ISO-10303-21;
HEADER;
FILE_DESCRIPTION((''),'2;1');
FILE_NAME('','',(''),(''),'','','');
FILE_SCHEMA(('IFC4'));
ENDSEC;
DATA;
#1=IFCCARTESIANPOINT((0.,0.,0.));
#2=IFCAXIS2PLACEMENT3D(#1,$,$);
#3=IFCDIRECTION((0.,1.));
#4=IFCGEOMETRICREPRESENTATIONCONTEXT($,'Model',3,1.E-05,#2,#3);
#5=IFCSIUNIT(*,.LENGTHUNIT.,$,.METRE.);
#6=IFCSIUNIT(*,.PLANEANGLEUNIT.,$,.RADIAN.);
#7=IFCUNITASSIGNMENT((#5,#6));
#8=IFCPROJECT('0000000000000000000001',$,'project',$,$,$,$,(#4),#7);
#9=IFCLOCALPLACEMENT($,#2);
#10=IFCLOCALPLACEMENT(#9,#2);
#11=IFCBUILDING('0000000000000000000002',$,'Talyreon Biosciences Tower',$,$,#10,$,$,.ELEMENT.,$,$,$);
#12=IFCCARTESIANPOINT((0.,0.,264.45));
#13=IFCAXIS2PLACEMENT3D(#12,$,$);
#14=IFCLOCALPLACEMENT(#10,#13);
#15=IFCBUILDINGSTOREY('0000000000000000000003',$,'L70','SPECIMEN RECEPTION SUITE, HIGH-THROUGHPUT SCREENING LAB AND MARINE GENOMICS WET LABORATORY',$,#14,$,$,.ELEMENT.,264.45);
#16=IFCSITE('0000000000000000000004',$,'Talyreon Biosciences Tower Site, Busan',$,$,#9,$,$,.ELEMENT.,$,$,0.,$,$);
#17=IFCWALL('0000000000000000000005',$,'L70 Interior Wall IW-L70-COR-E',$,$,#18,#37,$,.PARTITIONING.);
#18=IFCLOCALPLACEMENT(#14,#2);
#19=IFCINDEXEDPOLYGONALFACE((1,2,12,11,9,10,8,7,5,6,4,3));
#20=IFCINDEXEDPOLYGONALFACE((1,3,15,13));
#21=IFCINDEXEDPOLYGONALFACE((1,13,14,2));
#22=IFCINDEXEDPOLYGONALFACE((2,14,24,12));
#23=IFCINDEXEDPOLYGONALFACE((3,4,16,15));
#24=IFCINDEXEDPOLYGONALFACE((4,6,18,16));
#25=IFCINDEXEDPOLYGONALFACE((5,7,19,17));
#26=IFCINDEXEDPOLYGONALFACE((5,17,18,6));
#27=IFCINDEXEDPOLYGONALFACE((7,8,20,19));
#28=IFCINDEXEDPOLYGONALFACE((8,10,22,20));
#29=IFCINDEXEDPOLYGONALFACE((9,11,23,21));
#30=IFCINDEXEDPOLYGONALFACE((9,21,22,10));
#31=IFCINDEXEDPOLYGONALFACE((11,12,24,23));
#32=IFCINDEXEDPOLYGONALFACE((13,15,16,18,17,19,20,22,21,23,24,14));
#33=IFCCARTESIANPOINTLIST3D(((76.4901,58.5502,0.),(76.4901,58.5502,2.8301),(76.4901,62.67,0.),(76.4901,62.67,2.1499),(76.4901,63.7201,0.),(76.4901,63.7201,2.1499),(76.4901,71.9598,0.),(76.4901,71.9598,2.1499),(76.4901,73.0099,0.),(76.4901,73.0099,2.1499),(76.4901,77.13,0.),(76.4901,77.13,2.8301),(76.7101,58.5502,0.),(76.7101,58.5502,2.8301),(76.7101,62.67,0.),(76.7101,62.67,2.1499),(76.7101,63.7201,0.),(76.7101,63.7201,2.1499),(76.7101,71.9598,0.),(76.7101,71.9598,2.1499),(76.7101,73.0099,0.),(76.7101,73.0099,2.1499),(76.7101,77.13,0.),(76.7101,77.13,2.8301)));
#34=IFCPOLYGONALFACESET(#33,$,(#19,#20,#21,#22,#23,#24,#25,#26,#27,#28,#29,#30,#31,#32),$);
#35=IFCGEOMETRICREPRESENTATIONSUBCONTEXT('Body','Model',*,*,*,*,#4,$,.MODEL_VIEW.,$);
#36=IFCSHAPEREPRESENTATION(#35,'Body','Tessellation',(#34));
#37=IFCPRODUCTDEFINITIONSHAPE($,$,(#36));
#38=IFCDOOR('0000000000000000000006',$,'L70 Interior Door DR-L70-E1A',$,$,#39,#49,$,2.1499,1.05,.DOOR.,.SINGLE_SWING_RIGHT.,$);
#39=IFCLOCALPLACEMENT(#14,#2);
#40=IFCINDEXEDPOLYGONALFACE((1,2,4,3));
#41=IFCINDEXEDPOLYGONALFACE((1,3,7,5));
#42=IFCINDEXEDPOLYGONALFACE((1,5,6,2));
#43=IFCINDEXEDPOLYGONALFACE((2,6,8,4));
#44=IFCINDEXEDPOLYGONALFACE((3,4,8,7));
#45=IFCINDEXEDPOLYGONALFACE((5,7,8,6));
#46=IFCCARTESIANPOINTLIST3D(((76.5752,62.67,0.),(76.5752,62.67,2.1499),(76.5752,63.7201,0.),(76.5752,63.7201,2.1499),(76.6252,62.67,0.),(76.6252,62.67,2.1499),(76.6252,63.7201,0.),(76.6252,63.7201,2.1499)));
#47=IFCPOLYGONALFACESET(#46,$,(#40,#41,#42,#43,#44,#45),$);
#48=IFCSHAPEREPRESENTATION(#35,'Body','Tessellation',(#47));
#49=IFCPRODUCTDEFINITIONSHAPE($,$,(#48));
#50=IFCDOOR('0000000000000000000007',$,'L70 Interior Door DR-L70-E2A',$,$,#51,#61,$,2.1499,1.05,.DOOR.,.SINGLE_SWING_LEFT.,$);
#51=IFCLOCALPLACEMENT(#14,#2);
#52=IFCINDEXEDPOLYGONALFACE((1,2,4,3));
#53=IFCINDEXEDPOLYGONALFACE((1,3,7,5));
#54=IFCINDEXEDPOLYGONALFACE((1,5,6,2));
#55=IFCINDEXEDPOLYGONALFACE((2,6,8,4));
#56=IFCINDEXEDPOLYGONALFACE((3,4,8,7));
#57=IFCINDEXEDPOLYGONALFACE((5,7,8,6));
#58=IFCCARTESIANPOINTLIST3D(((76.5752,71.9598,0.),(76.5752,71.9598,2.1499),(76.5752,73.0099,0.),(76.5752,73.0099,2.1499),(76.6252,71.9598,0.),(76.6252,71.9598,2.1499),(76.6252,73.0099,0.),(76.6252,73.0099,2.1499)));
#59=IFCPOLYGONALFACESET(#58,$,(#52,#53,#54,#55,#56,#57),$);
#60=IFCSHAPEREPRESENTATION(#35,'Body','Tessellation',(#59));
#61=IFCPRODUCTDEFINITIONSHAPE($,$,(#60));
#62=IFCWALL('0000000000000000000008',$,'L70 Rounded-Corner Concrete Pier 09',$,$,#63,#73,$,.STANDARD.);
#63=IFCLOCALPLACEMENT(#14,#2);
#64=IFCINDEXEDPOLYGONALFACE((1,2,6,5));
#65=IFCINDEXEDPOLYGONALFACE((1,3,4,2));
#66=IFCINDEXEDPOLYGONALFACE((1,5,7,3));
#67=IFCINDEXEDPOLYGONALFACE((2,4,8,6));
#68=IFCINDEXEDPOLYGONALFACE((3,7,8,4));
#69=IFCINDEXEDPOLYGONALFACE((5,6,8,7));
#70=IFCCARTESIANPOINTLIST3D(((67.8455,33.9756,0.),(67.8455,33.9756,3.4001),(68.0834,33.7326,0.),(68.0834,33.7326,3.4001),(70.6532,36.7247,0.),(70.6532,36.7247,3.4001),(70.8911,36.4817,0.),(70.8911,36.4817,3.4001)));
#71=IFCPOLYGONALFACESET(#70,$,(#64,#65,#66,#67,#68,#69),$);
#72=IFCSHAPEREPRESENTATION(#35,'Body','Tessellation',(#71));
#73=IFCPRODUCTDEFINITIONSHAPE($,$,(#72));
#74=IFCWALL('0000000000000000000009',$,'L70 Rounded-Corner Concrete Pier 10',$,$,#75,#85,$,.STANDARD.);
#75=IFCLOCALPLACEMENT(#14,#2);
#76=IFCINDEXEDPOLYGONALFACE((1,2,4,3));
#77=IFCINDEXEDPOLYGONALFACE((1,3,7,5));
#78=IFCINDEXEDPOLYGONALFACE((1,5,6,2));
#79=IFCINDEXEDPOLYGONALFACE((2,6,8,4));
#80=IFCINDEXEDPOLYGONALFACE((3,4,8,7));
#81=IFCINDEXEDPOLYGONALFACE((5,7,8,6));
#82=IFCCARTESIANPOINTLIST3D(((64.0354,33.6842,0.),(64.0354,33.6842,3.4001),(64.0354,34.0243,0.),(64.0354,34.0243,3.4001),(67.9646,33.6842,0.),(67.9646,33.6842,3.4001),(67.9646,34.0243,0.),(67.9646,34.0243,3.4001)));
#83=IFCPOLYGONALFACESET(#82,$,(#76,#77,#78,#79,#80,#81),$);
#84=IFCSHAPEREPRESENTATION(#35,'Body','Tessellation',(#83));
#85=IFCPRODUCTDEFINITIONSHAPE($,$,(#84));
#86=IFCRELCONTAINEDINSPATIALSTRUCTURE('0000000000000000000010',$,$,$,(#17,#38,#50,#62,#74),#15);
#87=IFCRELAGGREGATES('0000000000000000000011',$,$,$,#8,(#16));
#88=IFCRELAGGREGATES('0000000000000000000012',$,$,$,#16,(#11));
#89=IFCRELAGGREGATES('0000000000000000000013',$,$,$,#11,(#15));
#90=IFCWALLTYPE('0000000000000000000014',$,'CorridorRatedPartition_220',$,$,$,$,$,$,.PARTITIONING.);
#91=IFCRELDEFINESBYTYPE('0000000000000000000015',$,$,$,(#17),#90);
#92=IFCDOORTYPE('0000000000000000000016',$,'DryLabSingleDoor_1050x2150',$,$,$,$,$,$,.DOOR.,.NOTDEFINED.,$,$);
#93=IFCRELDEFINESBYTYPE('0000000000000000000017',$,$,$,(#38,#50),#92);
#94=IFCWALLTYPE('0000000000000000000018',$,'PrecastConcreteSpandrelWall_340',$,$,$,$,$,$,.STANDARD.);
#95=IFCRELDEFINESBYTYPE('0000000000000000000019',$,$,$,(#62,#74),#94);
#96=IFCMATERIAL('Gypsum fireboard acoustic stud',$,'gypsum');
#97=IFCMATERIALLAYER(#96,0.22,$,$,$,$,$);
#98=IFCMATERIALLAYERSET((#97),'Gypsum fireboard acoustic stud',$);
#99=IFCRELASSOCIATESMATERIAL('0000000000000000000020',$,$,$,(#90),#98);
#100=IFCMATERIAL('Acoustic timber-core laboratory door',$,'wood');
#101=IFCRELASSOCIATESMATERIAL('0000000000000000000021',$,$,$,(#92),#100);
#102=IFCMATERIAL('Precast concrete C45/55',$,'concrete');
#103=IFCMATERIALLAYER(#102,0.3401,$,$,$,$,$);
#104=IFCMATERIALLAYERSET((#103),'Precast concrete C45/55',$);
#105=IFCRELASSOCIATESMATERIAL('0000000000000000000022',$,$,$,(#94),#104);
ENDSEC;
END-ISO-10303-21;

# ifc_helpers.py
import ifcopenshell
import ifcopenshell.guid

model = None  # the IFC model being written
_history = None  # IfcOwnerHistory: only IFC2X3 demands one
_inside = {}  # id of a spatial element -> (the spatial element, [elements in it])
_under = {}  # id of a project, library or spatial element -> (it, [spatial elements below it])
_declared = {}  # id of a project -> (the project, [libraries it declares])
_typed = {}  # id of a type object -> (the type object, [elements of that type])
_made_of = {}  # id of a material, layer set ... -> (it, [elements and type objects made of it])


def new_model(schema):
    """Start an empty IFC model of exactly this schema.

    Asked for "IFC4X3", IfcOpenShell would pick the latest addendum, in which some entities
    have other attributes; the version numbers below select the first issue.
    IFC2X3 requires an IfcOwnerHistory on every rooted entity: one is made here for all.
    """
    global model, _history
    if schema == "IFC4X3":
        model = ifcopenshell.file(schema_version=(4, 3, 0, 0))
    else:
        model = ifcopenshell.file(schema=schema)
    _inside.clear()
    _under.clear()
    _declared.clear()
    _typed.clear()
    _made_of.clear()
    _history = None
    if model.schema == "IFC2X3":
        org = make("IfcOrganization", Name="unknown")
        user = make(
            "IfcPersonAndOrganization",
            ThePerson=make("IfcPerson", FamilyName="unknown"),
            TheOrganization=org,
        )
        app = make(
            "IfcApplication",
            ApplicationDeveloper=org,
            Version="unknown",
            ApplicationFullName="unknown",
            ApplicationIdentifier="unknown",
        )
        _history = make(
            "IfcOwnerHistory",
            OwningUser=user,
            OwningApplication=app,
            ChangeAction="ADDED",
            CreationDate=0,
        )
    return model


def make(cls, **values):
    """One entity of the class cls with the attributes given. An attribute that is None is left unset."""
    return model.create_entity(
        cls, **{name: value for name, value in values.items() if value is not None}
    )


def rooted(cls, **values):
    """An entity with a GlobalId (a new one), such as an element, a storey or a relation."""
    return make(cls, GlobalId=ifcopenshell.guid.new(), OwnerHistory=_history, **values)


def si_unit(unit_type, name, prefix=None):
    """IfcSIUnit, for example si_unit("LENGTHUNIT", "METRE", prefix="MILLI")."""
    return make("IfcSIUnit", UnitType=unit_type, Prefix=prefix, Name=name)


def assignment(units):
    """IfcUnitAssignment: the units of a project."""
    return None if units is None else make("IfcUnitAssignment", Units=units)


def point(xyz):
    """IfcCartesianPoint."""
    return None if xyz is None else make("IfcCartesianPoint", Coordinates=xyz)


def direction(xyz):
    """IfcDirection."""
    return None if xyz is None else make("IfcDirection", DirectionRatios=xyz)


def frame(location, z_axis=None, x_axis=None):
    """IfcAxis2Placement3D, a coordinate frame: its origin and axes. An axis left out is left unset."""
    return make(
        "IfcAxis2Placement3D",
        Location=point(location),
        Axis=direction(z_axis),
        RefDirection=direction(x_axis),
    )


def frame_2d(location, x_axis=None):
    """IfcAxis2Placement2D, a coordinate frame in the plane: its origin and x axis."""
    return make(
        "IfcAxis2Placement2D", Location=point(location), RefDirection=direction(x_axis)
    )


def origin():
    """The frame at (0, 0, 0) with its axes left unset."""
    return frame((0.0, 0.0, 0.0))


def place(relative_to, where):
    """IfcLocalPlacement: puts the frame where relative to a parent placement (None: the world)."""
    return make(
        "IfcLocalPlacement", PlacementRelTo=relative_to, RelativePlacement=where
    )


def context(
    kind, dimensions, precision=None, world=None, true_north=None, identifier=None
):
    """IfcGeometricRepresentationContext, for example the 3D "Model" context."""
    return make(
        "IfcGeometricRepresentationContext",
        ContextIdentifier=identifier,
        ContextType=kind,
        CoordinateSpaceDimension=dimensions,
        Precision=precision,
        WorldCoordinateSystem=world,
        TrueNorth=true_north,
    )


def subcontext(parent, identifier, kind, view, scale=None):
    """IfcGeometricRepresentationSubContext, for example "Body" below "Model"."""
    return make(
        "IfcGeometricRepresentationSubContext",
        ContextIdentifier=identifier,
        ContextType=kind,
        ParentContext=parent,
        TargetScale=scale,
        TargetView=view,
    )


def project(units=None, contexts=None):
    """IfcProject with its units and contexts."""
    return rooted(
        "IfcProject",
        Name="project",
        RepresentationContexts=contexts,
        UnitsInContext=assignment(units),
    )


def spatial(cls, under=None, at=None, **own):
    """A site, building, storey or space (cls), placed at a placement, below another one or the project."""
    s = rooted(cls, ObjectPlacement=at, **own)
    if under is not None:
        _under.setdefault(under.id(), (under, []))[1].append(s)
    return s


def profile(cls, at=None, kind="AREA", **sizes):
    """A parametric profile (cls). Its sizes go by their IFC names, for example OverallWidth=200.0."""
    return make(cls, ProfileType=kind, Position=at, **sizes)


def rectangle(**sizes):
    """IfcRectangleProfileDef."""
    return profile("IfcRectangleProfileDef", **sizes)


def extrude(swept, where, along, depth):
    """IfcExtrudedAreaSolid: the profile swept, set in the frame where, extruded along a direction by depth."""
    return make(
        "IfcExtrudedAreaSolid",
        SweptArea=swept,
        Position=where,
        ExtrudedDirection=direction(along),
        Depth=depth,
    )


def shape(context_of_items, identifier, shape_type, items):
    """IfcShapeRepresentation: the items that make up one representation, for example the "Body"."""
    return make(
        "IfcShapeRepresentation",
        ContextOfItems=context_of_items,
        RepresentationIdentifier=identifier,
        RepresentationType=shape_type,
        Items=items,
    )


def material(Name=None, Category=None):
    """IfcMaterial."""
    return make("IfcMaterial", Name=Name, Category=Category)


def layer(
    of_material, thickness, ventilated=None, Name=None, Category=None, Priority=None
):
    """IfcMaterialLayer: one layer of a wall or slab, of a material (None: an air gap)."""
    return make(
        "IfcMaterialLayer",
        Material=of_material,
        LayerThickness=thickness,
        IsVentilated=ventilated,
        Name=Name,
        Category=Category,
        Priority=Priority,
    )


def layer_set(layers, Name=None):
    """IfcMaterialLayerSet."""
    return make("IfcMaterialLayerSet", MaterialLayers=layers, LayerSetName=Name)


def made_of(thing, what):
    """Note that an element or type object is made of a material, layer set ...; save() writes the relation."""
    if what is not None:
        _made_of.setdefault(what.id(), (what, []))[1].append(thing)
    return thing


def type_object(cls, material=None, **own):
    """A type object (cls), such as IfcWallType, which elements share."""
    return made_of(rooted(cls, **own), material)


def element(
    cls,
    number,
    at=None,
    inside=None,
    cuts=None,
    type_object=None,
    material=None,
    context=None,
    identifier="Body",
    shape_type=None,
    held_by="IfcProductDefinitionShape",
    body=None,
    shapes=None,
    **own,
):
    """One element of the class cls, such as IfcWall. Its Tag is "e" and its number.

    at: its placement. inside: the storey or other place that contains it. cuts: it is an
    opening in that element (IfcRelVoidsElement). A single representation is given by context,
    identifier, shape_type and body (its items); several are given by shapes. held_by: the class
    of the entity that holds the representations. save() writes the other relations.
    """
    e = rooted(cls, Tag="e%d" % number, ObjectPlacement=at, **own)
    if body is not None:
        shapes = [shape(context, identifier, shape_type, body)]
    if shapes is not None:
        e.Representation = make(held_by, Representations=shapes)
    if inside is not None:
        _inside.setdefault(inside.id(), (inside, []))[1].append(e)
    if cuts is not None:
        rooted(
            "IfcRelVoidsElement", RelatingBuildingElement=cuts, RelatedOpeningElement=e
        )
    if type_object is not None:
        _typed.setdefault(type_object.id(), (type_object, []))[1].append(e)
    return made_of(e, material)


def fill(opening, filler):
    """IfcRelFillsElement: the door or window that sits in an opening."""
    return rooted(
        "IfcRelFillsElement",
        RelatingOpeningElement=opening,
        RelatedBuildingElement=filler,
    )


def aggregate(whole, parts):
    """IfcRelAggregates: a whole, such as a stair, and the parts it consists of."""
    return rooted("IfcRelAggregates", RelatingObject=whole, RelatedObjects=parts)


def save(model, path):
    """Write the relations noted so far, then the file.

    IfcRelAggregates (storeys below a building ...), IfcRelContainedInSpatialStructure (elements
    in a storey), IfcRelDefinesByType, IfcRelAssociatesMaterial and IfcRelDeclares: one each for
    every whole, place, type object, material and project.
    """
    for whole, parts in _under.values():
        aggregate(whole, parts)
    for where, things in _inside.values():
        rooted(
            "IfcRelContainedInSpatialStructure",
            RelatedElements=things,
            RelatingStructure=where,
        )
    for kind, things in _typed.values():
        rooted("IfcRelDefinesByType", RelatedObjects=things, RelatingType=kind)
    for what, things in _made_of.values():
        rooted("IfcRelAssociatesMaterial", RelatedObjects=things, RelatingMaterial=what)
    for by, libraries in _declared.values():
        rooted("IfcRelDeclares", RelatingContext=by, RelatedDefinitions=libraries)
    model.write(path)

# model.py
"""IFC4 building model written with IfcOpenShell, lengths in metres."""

from ifc_helpers import new_model, si_unit, direction, frame, frame_2d, origin, place, context, subcontext, project, spatial, rectangle, extrude, material, layer, layer_set, type_object, element, fill, save


model = new_model("IFC4")

# Units and contexts
model_context = context("Model", 3, precision=1e-05, world=origin(), true_north=direction((0.0, 1.0)))
body_context = subcontext(model_context, "Body", "Model", "MODEL_VIEW")
ifc_project = project(units=[si_unit("LENGTHUNIT", "METRE"), si_unit("PLANEANGLEUNIT", "RADIAN")], contexts=[model_context])

# Site, building, storey
site_placement = place(None, origin())
site = spatial("IfcSite", under=ifc_project, at=site_placement, Name="Talyreon Biosciences Tower Site, Busan", CompositionType="ELEMENT", RefElevation=0.0)
building_placement = place(site_placement, origin())
building = spatial("IfcBuilding", under=site, at=building_placement, Name="Talyreon Biosciences Tower", CompositionType="ELEMENT")
storey_placement = place(building_placement, frame((0.0, 0.0, 264.45)))
storey = spatial("IfcBuildingStorey", under=building, at=storey_placement, Name="L70", Description="SPECIMEN RECEPTION SUITE, HIGH-THROUGHPUT SCREENING LAB AND MARINE GENOMICS WET LABORATORY", CompositionType="ELEMENT", Elevation=264.45)

# Shared definitions
ifc_material_1 = material(Name="Precast concrete C45/55", Category="concrete")

# Shared definitions
ifc_material_2 = material(Name="Gypsum fireboard acoustic stud", Category="gypsum")

# Wall, openings, doors
ifc_layer_1 = layer(ifc_material_2, 0.22)
ifc_layer_set_1 = layer_set([ifc_layer_1], Name="Gypsum fireboard acoustic stud")
wall_type_1 = type_object("IfcWallType", Name="CorridorRatedPartition_220", PredefinedType="PARTITIONING", material=ifc_layer_set_1)
wall_1_placement = place(storey_placement, frame((76.6001, 58.55, 0.0), z_axis=(0.0, 0.0, 1.0), x_axis=(0.0, 1.0, 0.0)))
wall_1 = element("IfcWall", 1, at=wall_1_placement, inside=storey, type_object=wall_type_1, Name="L70 Interior Wall IW-L70-COR-E", PredefinedType="PARTITIONING", context=body_context, shape_type="SweptSolid", body=[
    extrude(rectangle(XDim=18.5798, YDim=0.22, at=frame_2d((9.29, 0.0))), origin(), (0.0, 0.0, 1.0), 2.8301),
])
opening_1_placement = place(wall_1_placement, frame((4.1201, 0.0, 0.0)))
opening_1 = element("IfcOpeningElement", 2, at=opening_1_placement, cuts=wall_1, PredefinedType="OPENING", context=body_context, shape_type="SweptSolid", body=[
    extrude(rectangle(XDim=1.05, YDim=2.1499, at=frame_2d((0.5249, 1.075))), frame((0.0, 0.1199, 0.0), z_axis=(0.0, -1.0, 0.0), x_axis=(1.0, 0.0, 0.0)), (0.0, 0.0, 1.0), 0.24),
])
opening_2_placement = place(wall_1_placement, frame((13.4099, 0.0, 0.0)))
opening_2 = element("IfcOpeningElement", 3, at=opening_2_placement, cuts=wall_1, PredefinedType="OPENING", context=body_context, shape_type="SweptSolid", body=[
    extrude(rectangle(XDim=1.05, YDim=2.1499, at=frame_2d((0.5249, 1.075))), frame((0.0, 0.1199, 0.0), z_axis=(0.0, -1.0, 0.0), x_axis=(1.0, 0.0, 0.0)), (0.0, 0.0, 1.0), 0.24),
])
ifc_material_3 = material(Name="Acoustic timber-core laboratory door", Category="wood")
door_type = type_object("IfcDoorType", Name="DryLabSingleDoor_1050x2150", OperationType="NOTDEFINED", PredefinedType="DOOR", material=ifc_material_3)
door_1_placement = place(opening_1_placement, origin())
door_1 = element("IfcDoor", 4, at=door_1_placement, inside=storey, type_object=door_type, Name="L70 Interior Door DR-L70-E1A", OperationType="SINGLE_SWING_RIGHT", OverallHeight=2.1499, OverallWidth=1.05, PredefinedType="DOOR", context=body_context, shape_type="SweptSolid", body=[
    extrude(rectangle(XDim=1.05, YDim=2.1499, at=frame_2d((0.5249, 1.075))), frame((0.0, 0.0249, 0.0), z_axis=(0.0, -1.0, 0.0), x_axis=(1.0, 0.0, 0.0)), (0.0, 0.0, 1.0), 0.05),
])
fill(opening_1, door_1)
door_2_placement = place(opening_2_placement, origin())
door_2 = element("IfcDoor", 5, at=door_2_placement, inside=storey, type_object=door_type, Name="L70 Interior Door DR-L70-E2A", OperationType="SINGLE_SWING_LEFT", OverallHeight=2.1499, OverallWidth=1.05, PredefinedType="DOOR", context=body_context, shape_type="SweptSolid", body=[
    extrude(rectangle(XDim=1.05, YDim=2.1499, at=frame_2d((0.5249, 1.075))), frame((0.0, 0.0249, 0.0), z_axis=(0.0, -1.0, 0.0), x_axis=(1.0, 0.0, 0.0)), (0.0, 0.0, 1.0), 0.05),
])
fill(opening_2, door_2)

# Walls
ifc_layer_2 = layer(ifc_material_1, 0.3401)
ifc_layer_set_2 = layer_set([ifc_layer_2], Name="Precast concrete C45/55")
wall_type_2 = type_object("IfcWallType", Name="PrecastConcreteSpandrelWall_340", PredefinedType="STANDARD", material=ifc_layer_set_2)
wall_2_placement = place(storey_placement, frame((70.7722, 36.6033, 0.0), z_axis=(0.0, 0.0, 1.0), x_axis=(-0.714523, -0.699612, 0.0)))
element("IfcWall", 6, at=wall_2_placement, inside=storey, type_object=wall_type_2, Name="L70 Rounded-Corner Concrete Pier 09", PredefinedType="STANDARD", context=body_context, shape_type="SweptSolid", body=[
    extrude(rectangle(XDim=3.9294, YDim=0.3401, at=frame_2d((1.9648, 0.0))), origin(), (0.0, 0.0, 1.0), 3.4001),
])
wall_3_placement = place(storey_placement, frame((67.9646, 33.8542, 0.0), z_axis=(0.0, 0.0, 1.0), x_axis=(-1.0, 0.0, 0.0)))
element("IfcWall", 7, at=wall_3_placement, inside=storey, type_object=wall_type_2, Name="L70 Rounded-Corner Concrete Pier 10", PredefinedType="STANDARD", context=body_context, shape_type="SweptSolid", body=[
    extrude(rectangle(XDim=3.9292, YDim=0.3401, at=frame_2d((1.9646, 0.0))), origin(), (0.0, 0.0, 1.0), 3.4001),
])

save(model, "model.ifc")
